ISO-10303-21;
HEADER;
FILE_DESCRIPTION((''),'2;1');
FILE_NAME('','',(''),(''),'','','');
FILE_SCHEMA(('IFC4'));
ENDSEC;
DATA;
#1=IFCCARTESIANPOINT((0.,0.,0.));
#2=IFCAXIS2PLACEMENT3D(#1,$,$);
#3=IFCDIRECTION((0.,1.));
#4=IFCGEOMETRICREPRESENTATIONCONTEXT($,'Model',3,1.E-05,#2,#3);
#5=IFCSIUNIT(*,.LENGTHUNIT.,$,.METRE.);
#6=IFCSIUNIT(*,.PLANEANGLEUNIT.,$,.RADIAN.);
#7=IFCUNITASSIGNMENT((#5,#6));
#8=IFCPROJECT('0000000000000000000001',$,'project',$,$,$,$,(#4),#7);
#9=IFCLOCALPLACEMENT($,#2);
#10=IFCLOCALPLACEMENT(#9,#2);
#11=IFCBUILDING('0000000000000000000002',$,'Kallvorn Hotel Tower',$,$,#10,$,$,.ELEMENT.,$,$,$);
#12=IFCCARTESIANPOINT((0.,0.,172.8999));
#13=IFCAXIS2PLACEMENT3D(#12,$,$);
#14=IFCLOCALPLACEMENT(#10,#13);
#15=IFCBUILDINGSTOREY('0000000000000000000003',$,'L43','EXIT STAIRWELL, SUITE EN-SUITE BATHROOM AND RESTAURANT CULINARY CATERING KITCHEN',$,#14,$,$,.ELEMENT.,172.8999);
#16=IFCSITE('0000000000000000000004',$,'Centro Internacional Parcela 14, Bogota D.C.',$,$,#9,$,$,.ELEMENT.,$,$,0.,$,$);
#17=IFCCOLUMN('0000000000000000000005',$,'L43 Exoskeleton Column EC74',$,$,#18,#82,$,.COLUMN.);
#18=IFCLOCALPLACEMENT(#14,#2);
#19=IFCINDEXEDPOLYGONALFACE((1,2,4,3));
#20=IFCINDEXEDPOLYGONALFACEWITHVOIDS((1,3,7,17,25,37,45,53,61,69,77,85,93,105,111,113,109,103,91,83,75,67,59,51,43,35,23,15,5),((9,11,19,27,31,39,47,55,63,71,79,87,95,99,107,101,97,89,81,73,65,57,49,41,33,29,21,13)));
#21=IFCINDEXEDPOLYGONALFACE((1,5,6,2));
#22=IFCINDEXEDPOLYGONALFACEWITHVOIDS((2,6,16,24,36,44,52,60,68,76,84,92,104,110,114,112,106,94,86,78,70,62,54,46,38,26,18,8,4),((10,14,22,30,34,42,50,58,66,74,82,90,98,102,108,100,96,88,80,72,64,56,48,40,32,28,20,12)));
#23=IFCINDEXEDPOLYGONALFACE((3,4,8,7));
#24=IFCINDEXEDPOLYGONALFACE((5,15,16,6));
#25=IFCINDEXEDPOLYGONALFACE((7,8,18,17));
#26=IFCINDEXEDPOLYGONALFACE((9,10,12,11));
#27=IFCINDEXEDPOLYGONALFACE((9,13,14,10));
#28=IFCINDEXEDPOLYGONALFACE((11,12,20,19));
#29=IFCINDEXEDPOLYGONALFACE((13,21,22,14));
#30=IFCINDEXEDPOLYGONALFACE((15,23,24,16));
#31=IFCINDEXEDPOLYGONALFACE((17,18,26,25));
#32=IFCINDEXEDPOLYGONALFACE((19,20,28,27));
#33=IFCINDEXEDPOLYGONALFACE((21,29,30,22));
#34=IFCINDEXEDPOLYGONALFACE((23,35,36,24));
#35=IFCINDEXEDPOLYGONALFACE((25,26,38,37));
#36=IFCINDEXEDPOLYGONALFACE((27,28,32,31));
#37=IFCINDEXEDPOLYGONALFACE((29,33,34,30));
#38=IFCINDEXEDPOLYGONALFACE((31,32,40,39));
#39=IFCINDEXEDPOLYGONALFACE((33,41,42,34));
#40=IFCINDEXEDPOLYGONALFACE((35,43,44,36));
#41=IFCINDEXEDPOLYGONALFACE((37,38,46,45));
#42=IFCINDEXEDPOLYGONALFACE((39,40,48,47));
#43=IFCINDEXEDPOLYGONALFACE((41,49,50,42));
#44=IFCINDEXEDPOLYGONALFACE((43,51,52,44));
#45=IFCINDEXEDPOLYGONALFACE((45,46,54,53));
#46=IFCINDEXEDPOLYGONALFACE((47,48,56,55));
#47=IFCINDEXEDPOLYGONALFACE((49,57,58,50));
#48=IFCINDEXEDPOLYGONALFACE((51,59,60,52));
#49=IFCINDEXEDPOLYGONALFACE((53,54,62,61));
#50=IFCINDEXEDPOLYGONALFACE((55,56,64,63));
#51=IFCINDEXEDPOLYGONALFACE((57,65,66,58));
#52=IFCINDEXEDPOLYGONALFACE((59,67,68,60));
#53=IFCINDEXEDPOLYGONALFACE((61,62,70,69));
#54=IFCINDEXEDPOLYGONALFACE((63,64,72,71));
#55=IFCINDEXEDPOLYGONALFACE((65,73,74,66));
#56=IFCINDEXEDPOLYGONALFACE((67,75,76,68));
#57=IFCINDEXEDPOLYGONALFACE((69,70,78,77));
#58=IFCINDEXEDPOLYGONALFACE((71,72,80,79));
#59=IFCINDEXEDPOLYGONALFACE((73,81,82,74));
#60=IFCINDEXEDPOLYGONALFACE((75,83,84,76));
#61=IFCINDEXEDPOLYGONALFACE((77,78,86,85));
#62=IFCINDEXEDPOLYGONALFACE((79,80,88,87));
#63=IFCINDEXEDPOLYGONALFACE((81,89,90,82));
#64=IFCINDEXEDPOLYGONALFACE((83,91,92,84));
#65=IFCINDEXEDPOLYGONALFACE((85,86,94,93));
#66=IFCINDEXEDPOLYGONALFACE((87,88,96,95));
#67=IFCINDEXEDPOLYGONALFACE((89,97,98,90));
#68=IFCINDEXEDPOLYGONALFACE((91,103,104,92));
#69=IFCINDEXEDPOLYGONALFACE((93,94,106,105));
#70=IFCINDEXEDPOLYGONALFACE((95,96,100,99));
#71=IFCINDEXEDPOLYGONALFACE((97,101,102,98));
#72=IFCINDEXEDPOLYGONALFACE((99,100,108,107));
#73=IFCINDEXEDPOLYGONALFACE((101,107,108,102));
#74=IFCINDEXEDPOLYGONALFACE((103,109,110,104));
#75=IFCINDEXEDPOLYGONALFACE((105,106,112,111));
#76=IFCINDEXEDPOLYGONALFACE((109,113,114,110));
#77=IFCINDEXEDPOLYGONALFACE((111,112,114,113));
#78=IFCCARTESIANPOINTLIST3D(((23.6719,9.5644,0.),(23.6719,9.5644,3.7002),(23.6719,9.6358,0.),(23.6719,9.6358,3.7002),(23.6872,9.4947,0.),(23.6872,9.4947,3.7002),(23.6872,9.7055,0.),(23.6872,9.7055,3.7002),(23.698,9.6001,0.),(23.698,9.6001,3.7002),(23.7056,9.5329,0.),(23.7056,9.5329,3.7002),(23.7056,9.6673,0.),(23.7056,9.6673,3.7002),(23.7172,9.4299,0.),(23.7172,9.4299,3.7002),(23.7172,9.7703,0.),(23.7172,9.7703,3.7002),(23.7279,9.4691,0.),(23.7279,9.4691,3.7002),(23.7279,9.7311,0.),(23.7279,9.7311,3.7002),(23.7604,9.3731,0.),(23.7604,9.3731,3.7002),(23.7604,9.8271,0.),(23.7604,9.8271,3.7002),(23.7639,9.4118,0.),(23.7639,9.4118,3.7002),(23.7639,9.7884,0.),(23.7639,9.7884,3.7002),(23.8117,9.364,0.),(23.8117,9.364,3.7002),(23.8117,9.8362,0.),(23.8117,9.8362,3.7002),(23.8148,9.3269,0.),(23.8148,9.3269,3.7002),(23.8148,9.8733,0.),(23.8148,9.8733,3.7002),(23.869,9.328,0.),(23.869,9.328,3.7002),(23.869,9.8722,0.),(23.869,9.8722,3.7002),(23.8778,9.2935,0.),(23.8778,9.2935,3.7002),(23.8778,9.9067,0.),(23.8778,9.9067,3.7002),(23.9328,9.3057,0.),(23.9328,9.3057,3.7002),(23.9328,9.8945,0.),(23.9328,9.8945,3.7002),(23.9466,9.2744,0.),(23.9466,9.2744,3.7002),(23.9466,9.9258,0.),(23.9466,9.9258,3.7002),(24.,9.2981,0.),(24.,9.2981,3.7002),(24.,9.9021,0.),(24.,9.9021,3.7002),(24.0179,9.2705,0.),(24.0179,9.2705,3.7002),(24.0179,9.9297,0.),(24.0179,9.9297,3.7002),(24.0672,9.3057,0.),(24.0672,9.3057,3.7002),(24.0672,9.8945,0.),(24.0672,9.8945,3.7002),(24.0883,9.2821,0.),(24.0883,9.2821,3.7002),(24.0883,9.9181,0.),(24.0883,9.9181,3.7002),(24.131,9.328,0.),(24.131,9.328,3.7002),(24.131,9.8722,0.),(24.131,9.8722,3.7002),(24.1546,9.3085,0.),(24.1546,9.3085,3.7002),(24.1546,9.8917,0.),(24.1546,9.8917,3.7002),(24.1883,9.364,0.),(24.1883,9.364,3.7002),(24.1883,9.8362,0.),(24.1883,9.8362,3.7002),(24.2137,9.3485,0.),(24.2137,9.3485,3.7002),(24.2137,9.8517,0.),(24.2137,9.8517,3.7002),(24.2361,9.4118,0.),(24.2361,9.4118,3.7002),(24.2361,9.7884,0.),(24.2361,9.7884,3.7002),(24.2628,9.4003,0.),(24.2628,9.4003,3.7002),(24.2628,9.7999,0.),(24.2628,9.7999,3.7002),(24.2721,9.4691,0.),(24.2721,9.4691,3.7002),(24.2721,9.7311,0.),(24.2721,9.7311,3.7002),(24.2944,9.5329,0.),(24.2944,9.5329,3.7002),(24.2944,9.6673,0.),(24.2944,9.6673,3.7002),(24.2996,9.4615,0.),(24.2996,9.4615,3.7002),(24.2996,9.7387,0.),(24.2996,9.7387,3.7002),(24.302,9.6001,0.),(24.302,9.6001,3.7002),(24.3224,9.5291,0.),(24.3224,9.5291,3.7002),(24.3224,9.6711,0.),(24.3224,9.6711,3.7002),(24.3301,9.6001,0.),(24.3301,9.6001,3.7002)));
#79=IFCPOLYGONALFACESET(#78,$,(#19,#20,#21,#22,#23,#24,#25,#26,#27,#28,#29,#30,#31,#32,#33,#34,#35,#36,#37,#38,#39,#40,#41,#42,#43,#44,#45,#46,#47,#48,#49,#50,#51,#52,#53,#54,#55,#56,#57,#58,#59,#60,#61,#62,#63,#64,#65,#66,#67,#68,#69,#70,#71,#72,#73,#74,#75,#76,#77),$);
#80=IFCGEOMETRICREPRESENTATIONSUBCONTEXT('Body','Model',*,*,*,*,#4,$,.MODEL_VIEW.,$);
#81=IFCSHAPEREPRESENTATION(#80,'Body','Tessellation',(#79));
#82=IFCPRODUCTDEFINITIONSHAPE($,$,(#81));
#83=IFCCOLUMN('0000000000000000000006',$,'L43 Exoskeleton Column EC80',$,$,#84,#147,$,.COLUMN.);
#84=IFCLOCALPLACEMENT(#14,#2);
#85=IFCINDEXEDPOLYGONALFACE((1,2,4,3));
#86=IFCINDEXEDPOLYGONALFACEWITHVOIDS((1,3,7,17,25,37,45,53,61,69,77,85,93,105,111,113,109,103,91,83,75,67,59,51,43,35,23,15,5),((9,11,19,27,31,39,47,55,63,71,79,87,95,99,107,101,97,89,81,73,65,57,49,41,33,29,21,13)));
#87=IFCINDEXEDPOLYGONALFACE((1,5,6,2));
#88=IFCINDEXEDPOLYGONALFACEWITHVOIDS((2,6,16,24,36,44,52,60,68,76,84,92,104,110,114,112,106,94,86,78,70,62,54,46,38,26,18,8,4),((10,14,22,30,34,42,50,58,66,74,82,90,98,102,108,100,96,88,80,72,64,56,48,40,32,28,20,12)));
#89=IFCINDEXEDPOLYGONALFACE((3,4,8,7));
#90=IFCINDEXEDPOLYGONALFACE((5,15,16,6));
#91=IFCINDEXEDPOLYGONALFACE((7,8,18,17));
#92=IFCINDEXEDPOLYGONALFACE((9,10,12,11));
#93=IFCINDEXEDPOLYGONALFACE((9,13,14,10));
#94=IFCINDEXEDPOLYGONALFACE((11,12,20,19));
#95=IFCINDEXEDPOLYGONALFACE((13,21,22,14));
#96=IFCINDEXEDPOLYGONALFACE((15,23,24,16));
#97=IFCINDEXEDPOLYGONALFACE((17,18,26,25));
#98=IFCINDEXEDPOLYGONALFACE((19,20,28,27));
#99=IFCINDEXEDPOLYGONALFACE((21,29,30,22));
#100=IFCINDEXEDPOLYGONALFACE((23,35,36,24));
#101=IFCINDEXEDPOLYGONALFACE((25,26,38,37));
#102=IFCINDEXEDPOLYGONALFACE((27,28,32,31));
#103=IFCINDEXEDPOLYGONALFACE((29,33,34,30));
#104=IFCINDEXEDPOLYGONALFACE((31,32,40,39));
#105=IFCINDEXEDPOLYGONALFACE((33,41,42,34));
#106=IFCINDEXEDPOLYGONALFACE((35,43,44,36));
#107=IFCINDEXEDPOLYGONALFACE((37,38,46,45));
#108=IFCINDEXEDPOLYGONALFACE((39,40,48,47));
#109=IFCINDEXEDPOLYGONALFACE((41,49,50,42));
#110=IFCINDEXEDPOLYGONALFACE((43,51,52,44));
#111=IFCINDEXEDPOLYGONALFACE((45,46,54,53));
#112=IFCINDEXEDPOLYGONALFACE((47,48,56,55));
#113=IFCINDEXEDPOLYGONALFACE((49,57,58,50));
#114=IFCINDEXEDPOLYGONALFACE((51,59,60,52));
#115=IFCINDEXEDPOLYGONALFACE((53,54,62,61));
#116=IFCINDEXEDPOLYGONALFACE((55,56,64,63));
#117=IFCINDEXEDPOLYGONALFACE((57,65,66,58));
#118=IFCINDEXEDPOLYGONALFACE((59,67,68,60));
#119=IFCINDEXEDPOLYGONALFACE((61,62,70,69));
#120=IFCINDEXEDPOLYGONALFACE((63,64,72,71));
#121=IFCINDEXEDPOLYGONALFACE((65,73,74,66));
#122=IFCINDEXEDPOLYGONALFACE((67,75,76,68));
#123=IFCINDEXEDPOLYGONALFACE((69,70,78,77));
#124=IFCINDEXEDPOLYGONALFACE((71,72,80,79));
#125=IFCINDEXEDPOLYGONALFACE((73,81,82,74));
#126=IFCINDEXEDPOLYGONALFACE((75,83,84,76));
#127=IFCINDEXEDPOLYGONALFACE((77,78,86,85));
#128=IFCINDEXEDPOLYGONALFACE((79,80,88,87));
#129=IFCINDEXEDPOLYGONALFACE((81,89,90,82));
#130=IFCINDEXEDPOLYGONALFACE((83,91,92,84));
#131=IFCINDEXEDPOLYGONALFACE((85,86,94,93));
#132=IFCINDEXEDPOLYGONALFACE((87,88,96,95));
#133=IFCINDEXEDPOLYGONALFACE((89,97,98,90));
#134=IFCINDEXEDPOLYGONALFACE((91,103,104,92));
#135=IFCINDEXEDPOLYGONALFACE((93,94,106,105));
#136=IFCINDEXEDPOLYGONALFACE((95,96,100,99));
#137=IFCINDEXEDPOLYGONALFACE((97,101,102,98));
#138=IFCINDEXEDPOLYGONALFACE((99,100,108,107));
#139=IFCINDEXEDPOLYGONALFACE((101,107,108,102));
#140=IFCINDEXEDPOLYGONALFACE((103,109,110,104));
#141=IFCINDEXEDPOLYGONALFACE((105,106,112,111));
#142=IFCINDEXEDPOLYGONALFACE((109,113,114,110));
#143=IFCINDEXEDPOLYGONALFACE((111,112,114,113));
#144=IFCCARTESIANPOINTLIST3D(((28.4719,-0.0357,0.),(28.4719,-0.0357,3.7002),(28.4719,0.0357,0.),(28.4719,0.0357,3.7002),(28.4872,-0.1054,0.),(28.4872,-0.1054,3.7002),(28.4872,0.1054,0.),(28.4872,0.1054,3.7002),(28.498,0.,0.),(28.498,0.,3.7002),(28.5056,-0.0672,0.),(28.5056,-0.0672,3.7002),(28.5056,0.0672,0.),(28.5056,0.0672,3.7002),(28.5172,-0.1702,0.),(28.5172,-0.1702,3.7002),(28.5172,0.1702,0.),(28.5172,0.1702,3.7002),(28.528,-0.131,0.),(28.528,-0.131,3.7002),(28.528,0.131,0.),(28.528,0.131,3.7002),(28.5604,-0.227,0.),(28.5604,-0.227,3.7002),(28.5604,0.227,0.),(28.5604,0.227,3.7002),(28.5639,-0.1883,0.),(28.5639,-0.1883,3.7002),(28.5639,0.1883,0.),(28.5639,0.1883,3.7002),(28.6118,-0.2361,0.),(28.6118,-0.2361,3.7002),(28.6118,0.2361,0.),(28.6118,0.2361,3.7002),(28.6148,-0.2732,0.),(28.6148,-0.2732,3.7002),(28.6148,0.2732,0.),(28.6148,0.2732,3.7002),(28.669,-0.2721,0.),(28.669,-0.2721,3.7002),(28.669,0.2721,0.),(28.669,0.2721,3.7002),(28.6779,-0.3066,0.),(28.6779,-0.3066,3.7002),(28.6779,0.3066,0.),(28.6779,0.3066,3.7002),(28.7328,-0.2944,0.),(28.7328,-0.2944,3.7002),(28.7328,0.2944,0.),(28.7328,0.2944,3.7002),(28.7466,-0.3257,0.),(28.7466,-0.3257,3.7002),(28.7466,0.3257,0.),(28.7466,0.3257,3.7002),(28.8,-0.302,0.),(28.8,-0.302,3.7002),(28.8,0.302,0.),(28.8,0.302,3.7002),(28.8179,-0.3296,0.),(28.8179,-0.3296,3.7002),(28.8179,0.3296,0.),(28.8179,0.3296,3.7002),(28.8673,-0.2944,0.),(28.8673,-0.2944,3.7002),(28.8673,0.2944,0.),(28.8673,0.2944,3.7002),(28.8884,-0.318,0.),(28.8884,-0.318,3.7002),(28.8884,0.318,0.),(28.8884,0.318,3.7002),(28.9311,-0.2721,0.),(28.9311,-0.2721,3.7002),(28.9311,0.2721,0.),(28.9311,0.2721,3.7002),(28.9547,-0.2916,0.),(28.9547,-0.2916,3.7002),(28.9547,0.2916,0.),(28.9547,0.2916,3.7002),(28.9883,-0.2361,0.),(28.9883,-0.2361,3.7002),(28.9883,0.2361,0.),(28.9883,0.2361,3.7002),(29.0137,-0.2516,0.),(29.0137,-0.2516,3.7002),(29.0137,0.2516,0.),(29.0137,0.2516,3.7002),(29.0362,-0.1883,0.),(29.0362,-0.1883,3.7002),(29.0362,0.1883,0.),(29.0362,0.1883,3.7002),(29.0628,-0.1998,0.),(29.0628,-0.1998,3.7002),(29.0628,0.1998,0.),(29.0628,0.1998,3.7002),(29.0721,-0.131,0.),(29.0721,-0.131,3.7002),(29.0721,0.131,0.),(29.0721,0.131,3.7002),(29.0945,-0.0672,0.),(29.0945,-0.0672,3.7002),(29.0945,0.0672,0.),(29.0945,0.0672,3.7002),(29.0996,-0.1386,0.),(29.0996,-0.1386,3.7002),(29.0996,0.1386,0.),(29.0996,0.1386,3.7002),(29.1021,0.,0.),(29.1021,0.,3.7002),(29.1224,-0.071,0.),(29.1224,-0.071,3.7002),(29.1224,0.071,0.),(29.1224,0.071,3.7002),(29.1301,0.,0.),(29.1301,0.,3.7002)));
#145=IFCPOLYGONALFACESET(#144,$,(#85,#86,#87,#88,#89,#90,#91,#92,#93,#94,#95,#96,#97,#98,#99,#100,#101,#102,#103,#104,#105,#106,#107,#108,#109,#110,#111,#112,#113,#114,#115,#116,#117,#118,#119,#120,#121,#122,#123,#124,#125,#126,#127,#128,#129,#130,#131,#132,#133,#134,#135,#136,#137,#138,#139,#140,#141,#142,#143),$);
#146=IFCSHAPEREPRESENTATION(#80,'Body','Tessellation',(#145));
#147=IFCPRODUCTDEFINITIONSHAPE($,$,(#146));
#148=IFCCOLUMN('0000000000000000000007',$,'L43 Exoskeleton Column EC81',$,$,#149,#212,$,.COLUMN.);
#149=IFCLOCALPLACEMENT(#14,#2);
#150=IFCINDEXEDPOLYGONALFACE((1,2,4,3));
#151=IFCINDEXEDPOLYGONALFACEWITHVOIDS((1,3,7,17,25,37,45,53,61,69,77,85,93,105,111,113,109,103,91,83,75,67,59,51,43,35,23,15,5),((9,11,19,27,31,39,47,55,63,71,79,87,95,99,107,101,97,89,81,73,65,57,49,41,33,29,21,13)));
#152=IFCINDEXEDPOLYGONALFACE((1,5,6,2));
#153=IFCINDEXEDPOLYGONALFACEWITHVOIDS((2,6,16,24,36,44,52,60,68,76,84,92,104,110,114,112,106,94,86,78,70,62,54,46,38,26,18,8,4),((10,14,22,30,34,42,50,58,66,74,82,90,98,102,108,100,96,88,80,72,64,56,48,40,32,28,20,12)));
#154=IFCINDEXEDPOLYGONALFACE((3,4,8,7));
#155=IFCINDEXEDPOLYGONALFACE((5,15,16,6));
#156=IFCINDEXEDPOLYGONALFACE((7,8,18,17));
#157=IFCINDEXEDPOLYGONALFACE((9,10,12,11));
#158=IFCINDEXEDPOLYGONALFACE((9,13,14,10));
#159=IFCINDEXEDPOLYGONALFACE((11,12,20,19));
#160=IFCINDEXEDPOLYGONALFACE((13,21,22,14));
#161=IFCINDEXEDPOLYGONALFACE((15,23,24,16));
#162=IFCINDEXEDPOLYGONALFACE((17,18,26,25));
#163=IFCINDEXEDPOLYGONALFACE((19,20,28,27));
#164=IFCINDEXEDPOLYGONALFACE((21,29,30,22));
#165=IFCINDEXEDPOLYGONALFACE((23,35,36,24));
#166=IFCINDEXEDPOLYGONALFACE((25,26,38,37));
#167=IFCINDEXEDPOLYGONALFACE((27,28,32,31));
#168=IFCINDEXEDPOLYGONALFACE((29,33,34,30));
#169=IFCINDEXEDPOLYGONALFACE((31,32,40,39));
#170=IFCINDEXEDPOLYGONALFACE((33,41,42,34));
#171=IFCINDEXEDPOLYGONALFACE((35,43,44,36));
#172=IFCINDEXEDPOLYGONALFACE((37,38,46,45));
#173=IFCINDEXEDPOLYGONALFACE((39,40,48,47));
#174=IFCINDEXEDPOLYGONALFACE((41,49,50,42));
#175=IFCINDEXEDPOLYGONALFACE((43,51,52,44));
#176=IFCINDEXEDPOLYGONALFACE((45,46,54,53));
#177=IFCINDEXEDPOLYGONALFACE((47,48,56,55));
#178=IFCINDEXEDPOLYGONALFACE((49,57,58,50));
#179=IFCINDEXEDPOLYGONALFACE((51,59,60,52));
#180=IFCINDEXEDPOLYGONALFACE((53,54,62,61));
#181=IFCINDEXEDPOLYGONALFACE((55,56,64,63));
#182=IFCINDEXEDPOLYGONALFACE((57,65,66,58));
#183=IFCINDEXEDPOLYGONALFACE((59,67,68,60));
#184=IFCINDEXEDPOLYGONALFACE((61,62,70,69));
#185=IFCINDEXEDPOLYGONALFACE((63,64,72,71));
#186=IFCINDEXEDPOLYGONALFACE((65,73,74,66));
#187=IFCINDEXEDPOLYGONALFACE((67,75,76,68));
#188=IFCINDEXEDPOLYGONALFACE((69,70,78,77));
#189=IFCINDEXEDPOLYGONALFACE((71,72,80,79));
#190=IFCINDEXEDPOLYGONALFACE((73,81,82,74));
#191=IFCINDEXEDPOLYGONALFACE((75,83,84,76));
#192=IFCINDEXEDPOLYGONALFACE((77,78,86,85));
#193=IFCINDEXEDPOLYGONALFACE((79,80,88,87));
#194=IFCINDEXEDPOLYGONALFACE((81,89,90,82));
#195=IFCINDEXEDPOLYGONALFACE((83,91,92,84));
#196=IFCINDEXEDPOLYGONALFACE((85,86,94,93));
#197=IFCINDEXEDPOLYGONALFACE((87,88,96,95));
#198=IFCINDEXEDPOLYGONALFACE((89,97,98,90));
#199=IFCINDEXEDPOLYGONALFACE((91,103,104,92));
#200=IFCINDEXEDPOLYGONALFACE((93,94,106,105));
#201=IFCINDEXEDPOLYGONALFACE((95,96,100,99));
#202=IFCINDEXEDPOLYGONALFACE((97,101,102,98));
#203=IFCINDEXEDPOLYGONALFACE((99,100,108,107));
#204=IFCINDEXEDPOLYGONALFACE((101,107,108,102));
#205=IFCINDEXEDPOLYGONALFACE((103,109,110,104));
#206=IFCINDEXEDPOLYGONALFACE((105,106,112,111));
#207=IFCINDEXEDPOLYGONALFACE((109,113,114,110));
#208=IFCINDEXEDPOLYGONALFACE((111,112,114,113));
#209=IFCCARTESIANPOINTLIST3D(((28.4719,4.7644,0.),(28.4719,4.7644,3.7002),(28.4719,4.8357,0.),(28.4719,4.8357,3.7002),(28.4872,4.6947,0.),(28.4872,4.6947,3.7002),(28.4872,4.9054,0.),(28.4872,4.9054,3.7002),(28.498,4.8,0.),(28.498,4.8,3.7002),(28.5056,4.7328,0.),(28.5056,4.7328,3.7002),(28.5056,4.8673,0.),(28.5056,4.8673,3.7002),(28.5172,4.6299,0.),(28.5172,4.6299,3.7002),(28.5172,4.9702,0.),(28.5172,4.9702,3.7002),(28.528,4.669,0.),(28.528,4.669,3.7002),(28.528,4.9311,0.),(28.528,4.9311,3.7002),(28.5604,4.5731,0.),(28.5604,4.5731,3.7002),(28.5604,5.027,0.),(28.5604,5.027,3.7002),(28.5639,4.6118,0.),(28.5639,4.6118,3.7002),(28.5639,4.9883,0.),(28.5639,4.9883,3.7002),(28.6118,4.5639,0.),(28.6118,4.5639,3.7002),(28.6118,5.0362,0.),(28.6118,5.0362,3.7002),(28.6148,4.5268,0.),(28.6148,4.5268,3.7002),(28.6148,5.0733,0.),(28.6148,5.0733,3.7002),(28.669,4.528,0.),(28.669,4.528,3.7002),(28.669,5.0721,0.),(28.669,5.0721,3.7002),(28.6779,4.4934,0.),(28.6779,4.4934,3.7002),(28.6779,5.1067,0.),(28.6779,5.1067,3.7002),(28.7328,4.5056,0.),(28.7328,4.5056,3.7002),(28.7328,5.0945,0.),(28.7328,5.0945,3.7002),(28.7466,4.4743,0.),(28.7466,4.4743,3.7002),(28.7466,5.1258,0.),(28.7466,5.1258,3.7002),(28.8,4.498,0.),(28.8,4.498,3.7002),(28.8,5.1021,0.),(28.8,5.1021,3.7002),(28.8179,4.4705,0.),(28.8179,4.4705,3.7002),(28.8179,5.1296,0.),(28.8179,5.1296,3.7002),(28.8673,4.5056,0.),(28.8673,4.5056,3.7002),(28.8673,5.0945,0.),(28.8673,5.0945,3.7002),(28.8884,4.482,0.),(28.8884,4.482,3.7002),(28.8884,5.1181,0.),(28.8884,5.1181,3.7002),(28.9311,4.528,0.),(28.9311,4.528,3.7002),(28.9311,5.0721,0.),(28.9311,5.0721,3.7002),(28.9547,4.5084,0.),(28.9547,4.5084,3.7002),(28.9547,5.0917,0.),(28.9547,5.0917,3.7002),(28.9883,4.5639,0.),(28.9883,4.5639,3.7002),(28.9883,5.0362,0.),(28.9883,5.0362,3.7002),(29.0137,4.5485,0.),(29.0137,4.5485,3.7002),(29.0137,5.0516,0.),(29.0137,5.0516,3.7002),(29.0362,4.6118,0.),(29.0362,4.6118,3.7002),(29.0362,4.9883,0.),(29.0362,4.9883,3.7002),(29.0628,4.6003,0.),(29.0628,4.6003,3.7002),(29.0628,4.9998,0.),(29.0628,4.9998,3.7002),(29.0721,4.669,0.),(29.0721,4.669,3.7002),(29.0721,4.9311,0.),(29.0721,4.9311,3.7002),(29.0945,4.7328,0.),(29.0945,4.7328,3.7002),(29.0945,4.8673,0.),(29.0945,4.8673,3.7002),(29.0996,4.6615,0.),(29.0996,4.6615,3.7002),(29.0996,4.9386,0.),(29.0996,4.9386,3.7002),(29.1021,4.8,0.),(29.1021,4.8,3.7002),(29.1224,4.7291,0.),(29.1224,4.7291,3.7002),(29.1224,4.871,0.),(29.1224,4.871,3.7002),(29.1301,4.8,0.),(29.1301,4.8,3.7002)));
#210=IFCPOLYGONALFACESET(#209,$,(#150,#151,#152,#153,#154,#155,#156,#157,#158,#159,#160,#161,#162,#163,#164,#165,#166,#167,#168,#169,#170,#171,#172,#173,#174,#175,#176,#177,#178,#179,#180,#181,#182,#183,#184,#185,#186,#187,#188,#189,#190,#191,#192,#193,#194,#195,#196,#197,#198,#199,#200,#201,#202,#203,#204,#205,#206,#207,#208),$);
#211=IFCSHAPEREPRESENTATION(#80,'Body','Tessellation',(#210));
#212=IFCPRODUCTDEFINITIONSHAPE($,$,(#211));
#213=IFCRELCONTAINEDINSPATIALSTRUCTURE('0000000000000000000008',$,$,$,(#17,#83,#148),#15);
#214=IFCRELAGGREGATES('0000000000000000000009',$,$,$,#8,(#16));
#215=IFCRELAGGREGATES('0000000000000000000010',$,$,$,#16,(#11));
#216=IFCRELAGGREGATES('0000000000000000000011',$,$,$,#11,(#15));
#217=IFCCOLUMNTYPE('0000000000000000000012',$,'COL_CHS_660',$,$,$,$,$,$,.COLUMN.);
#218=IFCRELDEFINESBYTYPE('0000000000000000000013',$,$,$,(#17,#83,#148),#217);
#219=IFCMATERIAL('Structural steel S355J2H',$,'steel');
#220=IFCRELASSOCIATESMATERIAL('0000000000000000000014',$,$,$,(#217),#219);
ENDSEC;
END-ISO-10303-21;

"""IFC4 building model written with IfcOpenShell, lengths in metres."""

from ifc_helpers import new_model, si_unit, direction, frame, origin, origin_2d, place, context, subcontext, project, spatial, hollow_circle, extrude, material, material_profile, profile_set, type_object, element, save


model = new_model("IFC4")

# Units and contexts
model_context = context("Model", 3, precision=1e-05, world=origin(), true_north=direction((0.0, 1.0)))
body_context = subcontext(model_context, "Body", "Model", "MODEL_VIEW")
ifc_project = project(units=[si_unit("LENGTHUNIT", "METRE"), si_unit("PLANEANGLEUNIT", "RADIAN")], contexts=[model_context])

# Site, building, storey
site_placement = place(None, origin())
site = spatial("IfcSite", under=ifc_project, at=site_placement, Name="Centro Internacional Parcela 14, Bogota D.C.", CompositionType="ELEMENT", RefElevation=0.0)
building_placement = place(site_placement, origin())
building = spatial("IfcBuilding", under=site, at=building_placement, Name="Kallvorn Hotel Tower", CompositionType="ELEMENT")
storey_placement = place(building_placement, frame((0.0, 0.0, 172.8999)))
storey = spatial("IfcBuildingStorey", under=building, at=storey_placement, Name="L43", Description="EXIT STAIRWELL, SUITE EN-SUITE BATHROOM AND RESTAURANT CULINARY CATERING KITCHEN", CompositionType="ELEMENT", Elevation=172.8999)

# Columns
ifc_material_1 = material(Name="Structural steel S355J2H", Category="steel")
ifc_material_profile_1 = material_profile(ifc_material_1, hollow_circle(Radius=0.3301, WallThickness=0.0281, at=origin_2d()), Name="CHS 660x28")
ifc_profile_set_1 = profile_set([ifc_material_profile_1], Name="Structural steel S355J2H")
column_type_1 = type_object("IfcColumnType", Name="COL_CHS_660", PredefinedType="COLUMN", material=ifc_profile_set_1)
for number, where, z_axis, x_axis, name in (
    (1, (24.0, 9.6001, 0.0), (0.0, 0.0, 1.0), (1.0, 0.0, 0.0), "L43 Exoskeleton Column EC74"),
    (2, (28.8, 0.0, 0.0), (0.0, 0.0, 1.0), (1.0, 0.0, 0.0), "L43 Exoskeleton Column EC80"),
    (3, (28.8, 4.8, 0.0), (0.0, 0.0, 1.0), (1.0, 0.0, 0.0), "L43 Exoskeleton Column EC81"),
):
    element("IfcColumn", number, at=place(storey_placement, frame(where, z_axis=z_axis, x_axis=x_axis)), inside=storey, type_object=column_type_1, Name=name, PredefinedType="COLUMN", context=body_context, shape_type="SweptSolid", body=[
        extrude(hollow_circle(Radius=0.3301, WallThickness=0.0281, at=origin_2d()), origin(), (0.0, 0.0, 1.0), 3.7002),
    ])

save(model, "model.ifc")
